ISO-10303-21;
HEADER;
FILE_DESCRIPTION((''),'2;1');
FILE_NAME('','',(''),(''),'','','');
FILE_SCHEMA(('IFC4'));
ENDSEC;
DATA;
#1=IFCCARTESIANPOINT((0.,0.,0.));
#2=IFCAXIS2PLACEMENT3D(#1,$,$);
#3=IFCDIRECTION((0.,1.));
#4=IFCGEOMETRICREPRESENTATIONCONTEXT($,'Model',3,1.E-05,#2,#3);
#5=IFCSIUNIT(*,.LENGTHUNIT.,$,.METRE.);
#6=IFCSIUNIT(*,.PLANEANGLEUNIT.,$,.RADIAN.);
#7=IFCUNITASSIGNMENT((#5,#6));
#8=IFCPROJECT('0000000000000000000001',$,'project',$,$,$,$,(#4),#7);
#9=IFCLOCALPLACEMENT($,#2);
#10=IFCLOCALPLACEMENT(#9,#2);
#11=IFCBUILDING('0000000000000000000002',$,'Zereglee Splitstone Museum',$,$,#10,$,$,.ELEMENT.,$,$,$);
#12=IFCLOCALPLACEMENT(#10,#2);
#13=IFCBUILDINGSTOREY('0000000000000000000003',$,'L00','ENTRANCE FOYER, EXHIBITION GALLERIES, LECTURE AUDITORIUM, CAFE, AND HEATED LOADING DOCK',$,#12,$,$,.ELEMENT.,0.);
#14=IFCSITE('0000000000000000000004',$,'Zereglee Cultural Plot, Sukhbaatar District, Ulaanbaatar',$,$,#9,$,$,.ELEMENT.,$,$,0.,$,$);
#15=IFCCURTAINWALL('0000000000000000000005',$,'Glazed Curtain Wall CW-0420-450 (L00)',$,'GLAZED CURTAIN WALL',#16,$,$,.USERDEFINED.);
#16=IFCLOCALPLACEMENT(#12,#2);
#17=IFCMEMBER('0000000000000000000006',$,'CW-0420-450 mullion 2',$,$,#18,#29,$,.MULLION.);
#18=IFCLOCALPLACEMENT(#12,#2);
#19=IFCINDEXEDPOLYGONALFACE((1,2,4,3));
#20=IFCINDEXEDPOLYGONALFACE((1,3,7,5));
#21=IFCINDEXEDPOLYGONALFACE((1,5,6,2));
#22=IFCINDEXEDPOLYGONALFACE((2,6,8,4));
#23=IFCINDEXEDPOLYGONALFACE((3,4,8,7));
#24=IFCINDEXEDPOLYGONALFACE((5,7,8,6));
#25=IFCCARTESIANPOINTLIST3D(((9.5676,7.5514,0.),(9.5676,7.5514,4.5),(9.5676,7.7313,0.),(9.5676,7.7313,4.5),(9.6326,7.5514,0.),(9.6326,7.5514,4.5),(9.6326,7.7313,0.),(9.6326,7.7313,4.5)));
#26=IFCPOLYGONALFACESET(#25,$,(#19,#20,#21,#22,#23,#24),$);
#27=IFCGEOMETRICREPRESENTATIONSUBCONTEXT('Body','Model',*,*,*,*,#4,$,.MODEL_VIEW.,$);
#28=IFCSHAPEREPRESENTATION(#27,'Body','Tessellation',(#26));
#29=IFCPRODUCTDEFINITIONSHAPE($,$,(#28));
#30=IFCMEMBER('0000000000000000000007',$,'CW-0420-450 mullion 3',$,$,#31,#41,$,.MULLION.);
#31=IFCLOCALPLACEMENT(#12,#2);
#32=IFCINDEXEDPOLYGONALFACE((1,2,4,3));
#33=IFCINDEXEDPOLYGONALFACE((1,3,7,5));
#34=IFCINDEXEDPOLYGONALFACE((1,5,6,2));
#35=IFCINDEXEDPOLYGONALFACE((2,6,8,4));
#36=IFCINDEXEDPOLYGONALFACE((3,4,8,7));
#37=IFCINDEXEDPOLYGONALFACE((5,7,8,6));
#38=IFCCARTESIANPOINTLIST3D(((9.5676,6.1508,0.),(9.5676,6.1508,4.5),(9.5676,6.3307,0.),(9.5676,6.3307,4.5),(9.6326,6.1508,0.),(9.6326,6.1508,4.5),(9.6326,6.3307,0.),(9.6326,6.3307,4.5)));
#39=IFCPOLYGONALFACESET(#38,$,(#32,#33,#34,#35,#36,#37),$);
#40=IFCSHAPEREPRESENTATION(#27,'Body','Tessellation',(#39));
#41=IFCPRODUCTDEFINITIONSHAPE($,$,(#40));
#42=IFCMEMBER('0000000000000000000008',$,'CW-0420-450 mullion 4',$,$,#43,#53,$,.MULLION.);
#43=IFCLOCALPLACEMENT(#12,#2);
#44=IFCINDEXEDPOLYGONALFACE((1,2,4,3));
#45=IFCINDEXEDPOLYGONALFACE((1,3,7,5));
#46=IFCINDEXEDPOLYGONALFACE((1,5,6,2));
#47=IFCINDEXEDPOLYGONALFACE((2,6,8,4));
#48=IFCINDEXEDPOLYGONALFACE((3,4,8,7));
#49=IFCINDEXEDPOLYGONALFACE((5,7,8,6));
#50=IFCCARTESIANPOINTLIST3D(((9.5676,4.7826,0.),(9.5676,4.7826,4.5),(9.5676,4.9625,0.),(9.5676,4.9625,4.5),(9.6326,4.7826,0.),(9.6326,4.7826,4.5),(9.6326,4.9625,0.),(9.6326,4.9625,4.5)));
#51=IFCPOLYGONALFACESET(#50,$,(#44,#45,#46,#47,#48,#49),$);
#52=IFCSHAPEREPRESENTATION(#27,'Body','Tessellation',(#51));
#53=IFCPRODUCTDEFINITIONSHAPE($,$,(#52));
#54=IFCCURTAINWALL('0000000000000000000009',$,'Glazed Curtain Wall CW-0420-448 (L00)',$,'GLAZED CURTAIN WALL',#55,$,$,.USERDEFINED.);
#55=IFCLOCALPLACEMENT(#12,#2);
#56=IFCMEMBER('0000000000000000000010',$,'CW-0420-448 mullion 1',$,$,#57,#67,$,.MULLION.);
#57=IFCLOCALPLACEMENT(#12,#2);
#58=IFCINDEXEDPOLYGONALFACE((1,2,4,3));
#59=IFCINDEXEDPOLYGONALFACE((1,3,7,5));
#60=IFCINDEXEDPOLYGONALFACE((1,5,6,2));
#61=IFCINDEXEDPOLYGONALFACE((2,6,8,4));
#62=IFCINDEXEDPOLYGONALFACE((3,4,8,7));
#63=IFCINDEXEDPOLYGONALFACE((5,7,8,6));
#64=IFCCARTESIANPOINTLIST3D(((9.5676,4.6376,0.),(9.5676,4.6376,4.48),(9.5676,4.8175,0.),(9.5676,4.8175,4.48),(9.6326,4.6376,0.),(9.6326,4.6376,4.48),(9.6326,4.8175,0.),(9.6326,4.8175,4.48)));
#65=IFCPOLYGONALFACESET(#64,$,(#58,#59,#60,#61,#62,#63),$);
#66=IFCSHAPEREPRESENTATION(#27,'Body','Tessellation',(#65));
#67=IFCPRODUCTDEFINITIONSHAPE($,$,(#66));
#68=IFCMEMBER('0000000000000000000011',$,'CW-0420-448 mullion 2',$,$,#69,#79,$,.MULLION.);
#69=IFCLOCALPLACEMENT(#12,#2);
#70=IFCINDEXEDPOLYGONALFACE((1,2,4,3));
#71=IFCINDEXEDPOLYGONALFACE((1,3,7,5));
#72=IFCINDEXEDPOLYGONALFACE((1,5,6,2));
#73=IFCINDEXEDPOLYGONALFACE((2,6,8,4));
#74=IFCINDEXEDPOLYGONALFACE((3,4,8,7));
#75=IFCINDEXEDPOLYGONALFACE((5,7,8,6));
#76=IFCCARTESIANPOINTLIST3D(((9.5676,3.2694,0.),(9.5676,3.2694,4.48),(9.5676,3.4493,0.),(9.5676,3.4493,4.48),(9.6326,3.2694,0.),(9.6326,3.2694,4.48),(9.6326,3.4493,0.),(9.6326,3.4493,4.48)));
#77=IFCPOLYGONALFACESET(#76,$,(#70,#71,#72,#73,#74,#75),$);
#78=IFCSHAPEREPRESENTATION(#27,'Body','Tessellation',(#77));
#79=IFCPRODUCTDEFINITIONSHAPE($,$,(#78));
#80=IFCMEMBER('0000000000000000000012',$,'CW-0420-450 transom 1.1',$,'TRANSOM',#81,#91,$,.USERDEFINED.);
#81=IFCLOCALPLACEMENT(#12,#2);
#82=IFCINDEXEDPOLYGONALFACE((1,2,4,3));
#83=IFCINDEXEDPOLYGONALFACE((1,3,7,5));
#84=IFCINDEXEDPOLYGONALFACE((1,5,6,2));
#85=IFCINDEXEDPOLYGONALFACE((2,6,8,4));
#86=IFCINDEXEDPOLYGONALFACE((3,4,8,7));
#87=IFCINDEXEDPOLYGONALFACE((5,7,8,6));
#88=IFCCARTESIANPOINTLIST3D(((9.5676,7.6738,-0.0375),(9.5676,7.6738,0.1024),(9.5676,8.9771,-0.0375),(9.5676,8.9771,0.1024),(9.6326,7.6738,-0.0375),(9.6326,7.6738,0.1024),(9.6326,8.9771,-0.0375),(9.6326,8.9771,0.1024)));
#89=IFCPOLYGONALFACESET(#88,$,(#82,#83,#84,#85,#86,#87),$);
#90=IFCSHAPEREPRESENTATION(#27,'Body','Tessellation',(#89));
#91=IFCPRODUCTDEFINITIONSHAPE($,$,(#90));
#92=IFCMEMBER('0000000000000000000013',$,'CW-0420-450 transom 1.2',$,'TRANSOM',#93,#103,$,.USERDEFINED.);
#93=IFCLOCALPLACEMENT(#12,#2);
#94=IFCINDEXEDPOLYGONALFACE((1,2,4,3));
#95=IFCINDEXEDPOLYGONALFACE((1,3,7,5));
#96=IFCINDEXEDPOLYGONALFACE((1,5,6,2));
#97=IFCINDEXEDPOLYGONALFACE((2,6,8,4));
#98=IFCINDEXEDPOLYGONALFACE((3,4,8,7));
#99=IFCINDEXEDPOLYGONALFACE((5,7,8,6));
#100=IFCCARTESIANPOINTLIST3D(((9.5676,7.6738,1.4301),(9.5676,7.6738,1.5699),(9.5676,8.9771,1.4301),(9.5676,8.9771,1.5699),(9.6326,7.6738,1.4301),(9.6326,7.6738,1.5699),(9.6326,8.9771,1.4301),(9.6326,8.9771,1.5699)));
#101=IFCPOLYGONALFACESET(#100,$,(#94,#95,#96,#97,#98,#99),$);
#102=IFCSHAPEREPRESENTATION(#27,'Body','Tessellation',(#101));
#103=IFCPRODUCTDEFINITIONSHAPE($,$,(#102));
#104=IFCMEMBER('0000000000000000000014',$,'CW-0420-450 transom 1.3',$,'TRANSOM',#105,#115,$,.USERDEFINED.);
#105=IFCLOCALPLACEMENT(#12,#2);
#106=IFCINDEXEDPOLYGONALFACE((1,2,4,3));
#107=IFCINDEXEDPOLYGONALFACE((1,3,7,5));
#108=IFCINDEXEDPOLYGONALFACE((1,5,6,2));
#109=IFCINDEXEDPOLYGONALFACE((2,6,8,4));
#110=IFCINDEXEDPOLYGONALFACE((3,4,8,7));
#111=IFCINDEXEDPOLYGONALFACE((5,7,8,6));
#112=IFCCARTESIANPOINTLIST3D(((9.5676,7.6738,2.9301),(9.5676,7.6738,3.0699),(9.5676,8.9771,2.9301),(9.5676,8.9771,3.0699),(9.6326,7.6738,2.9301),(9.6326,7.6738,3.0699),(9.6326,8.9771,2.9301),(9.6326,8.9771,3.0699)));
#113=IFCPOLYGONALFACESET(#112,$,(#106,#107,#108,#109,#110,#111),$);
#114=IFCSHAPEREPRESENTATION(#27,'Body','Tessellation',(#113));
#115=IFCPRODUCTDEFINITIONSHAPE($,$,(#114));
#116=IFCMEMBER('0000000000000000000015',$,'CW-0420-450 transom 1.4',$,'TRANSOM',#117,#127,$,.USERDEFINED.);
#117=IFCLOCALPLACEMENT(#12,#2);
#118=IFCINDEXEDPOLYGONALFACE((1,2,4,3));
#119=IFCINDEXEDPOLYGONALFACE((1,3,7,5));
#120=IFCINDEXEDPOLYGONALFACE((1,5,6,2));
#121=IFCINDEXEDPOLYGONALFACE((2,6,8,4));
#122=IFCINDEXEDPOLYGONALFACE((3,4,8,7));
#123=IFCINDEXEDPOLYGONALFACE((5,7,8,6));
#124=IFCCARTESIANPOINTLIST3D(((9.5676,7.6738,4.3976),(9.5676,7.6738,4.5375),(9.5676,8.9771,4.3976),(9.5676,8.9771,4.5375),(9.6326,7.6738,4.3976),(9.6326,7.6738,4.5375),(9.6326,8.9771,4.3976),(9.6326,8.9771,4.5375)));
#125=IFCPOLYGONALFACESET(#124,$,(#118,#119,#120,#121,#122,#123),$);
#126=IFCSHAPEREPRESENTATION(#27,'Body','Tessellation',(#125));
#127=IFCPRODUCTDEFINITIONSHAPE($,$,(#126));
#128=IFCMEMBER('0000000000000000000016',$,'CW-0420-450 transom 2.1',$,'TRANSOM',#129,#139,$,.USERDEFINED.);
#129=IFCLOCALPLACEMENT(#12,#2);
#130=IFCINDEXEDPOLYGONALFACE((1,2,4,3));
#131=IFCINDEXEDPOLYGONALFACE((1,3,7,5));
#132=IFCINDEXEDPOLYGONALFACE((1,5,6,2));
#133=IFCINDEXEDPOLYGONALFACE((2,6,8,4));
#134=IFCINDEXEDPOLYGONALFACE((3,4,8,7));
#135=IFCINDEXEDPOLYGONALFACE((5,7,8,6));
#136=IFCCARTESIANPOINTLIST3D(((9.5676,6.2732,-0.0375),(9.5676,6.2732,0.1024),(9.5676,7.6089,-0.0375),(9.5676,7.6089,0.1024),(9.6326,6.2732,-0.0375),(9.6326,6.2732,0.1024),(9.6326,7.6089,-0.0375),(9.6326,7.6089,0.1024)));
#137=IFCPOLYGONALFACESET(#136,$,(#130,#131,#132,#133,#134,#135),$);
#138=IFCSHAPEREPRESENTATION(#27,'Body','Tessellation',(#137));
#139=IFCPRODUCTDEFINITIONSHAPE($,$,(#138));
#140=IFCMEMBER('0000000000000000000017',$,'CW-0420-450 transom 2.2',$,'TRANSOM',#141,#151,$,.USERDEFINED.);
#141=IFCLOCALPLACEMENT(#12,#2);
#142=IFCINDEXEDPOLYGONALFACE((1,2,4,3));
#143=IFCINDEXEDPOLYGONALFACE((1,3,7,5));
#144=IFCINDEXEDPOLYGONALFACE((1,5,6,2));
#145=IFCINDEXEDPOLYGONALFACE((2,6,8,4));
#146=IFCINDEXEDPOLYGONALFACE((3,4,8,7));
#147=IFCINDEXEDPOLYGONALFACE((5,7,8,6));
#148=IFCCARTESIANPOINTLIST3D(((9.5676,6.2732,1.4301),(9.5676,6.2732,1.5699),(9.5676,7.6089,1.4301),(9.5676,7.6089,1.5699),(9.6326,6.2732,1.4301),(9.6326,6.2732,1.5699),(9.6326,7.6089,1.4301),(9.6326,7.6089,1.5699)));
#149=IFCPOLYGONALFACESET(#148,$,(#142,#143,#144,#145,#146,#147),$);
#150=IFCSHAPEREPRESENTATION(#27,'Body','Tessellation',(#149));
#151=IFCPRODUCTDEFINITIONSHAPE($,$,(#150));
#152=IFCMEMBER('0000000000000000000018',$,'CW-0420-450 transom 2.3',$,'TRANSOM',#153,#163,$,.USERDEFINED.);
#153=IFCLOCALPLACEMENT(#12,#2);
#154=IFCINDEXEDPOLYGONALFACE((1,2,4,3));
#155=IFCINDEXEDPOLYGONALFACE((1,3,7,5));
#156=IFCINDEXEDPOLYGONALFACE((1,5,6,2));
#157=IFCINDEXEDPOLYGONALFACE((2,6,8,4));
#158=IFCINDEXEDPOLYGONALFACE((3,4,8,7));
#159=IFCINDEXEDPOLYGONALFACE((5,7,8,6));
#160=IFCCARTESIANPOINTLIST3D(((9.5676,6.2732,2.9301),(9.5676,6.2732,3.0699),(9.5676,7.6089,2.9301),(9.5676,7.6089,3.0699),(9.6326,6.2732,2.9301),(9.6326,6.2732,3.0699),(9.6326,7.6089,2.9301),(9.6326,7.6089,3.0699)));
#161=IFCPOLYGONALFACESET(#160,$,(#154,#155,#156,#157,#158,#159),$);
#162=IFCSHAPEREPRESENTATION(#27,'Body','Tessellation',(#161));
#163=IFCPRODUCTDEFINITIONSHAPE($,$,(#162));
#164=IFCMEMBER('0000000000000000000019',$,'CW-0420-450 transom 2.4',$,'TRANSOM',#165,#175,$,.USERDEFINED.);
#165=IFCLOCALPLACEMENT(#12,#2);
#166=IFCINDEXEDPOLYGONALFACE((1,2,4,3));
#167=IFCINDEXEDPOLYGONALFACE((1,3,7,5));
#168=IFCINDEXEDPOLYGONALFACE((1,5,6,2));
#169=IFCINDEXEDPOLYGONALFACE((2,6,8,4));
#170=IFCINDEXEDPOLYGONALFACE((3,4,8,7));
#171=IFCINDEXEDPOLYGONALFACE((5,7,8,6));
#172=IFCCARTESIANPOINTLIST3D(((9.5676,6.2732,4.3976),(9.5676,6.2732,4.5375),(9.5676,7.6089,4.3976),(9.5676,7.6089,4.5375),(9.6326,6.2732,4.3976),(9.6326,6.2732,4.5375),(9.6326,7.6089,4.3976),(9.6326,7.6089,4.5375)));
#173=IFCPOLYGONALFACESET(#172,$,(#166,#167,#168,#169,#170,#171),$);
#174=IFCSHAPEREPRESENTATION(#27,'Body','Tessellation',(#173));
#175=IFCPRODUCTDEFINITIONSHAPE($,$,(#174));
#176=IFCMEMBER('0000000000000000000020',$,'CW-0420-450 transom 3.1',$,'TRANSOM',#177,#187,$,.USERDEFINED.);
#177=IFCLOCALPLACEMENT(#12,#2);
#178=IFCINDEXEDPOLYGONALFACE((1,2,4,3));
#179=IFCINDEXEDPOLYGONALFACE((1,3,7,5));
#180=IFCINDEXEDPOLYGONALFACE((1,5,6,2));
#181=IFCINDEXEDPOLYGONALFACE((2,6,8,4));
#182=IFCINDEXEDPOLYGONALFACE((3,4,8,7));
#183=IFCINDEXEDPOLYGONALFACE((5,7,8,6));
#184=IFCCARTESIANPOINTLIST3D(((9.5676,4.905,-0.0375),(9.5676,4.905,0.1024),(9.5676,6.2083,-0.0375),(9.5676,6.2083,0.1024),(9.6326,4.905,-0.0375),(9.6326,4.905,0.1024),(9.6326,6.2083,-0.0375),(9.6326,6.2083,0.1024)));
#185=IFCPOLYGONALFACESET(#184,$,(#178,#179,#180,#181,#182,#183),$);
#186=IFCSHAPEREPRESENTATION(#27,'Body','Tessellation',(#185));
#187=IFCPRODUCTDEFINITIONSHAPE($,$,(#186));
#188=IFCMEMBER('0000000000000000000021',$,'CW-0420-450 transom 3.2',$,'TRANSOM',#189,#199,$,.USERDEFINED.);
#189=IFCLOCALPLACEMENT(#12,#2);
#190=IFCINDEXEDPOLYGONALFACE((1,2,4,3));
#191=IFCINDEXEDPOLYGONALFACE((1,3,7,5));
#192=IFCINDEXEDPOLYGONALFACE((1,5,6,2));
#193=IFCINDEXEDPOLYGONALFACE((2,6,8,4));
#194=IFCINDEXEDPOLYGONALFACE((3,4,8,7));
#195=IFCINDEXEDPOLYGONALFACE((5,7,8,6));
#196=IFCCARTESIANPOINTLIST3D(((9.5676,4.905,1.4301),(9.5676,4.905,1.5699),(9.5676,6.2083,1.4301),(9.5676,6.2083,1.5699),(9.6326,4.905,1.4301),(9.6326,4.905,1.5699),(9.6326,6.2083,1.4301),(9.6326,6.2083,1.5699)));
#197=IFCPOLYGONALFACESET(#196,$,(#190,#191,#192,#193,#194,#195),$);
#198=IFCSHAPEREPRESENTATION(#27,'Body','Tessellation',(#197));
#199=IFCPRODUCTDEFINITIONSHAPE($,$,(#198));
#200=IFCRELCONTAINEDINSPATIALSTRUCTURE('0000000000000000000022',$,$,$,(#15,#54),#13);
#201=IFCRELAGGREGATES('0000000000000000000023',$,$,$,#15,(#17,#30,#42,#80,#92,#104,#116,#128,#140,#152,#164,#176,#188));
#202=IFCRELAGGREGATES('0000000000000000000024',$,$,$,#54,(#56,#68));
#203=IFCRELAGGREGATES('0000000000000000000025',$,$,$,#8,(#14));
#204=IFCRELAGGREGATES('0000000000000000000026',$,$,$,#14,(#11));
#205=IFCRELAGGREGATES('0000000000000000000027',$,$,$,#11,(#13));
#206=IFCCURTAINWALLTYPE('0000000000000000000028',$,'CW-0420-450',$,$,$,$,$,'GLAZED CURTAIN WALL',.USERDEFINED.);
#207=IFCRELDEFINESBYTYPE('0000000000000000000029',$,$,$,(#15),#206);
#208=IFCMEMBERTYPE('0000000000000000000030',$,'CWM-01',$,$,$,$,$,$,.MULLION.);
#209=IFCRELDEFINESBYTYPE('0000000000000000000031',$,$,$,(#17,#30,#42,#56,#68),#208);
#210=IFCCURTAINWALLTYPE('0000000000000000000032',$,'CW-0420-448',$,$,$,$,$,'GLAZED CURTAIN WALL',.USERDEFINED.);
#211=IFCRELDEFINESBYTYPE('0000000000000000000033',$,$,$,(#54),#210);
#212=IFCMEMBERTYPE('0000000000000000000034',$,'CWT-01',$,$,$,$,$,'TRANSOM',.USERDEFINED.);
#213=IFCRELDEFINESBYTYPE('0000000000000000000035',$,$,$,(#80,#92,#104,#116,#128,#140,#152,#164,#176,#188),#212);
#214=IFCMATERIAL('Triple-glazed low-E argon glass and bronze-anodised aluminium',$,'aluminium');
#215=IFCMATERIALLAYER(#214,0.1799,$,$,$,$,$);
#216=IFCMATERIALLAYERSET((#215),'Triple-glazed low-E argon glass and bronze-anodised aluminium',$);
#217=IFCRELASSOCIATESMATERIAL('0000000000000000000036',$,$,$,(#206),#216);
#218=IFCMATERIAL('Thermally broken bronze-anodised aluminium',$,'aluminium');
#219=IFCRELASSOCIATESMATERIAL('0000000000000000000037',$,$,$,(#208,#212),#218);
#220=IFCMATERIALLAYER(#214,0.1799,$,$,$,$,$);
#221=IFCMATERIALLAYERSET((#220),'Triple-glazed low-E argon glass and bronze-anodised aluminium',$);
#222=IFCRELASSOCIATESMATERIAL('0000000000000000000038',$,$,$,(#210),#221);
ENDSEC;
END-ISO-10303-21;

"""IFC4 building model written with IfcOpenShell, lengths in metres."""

from ifc_helpers import new_model, si_unit, direction, frame, origin, origin_2d, place, context, subcontext, project, spatial, rectangle, extrude, material, layer, layer_set, material_profile, profile_set, type_object, element, aggregate, save


model = new_model("IFC4")

# Units and contexts
model_context = context("Model", 3, precision=1e-05, world=origin(), true_north=direction((0.0, 1.0)))
body_context = subcontext(model_context, "Body", "Model", "MODEL_VIEW")
ifc_project = project(units=[si_unit("LENGTHUNIT", "METRE"), si_unit("PLANEANGLEUNIT", "RADIAN")], contexts=[model_context])

# Site, building, storey
site_placement = place(None, origin())
site = spatial("IfcSite", under=ifc_project, at=site_placement, Name="Zereglee Cultural Plot, Sukhbaatar District, Ulaanbaatar", CompositionType="ELEMENT", RefElevation=0.0)
building_placement = place(site_placement, origin())
building = spatial("IfcBuilding", under=site, at=building_placement, Name="Zereglee Splitstone Museum", CompositionType="ELEMENT")
storey_placement = place(building_placement, origin())
storey = spatial("IfcBuildingStorey", under=building, at=storey_placement, Name="L00", Description="ENTRANCE FOYER, EXHIBITION GALLERIES, LECTURE AUDITORIUM, CAFE, AND HEATED LOADING DOCK", CompositionType="ELEMENT", Elevation=0.0)

# Curtain walls, members
ifc_material_1 = material(Name="Triple-glazed low-E argon glass and bronze-anodised aluminium", Category="aluminium")
ifc_layer_1 = layer(ifc_material_1, 0.1799)
ifc_layer_set_1 = layer_set([ifc_layer_1], Name="Triple-glazed low-E argon glass and bronze-anodised aluminium")
curtain_wall_type_1 = type_object("IfcCurtainWallType", Name="CW-0420-450", ElementType="GLAZED CURTAIN WALL", PredefinedType="USERDEFINED", material=ifc_layer_set_1)
curtain_wall_1_placement = place(storey_placement, origin())
curtain_wall_1 = element("IfcCurtainWall", 1, at=curtain_wall_1_placement, inside=storey, type_object=curtain_wall_type_1, Name="Glazed Curtain Wall CW-0420-450 (L00)", ObjectType="GLAZED CURTAIN WALL", PredefinedType="USERDEFINED")
ifc_material_2 = material(Name="Thermally broken bronze-anodised aluminium", Category="aluminium")
ifc_material_profile_1 = material_profile(ifc_material_2, rectangle(XDim=0.0649, YDim=0.1799, at=origin_2d()), Name="CW MULL 65x180")
ifc_profile_set_1 = profile_set([ifc_material_profile_1], Name="Thermally broken bronze-anodised aluminium")
member_type_1 = type_object("IfcMemberType", Name="CWM-01", PredefinedType="MULLION", material=ifc_profile_set_1)
member_1_placement = place(storey_placement, frame((9.6001, 7.6414, 0.0), z_axis=(0.0, 0.0, 1.0), x_axis=(1.0, 0.0, 0.0)))
member_1 = element("IfcMember", 2, at=member_1_placement, type_object=member_type_1, Name="CW-0420-450 mullion 2", PredefinedType="MULLION", context=body_context, shape_type="SweptSolid", body=[
    extrude(rectangle(XDim=0.0649, YDim=0.1799, at=origin_2d()), origin(), (0.0, 0.0, 1.0), 4.5),
])
member_2_placement = place(storey_placement, frame((9.6001, 6.2407, 0.0), z_axis=(0.0, 0.0, 1.0), x_axis=(1.0, 0.0, 0.0)))
member_2 = element("IfcMember", 3, at=member_2_placement, type_object=member_type_1, Name="CW-0420-450 mullion 3", PredefinedType="MULLION", context=body_context, shape_type="SweptSolid", body=[
    extrude(rectangle(XDim=0.0649, YDim=0.1799, at=origin_2d()), origin(), (0.0, 0.0, 1.0), 4.5),
])
member_3_placement = place(storey_placement, frame((9.6001, 4.8726, 0.0), z_axis=(0.0, 0.0, 1.0), x_axis=(1.0, 0.0, 0.0)))
member_3 = element("IfcMember", 4, at=member_3_placement, type_object=member_type_1, Name="CW-0420-450 mullion 4", PredefinedType="MULLION", context=body_context, shape_type="SweptSolid", body=[
    extrude(rectangle(XDim=0.0649, YDim=0.1799, at=origin_2d()), origin(), (0.0, 0.0, 1.0), 4.5),
])
ifc_layer_2 = layer(ifc_material_1, 0.1799)
ifc_layer_set_2 = layer_set([ifc_layer_2], Name="Triple-glazed low-E argon glass and bronze-anodised aluminium")
curtain_wall_type_2 = type_object("IfcCurtainWallType", Name="CW-0420-448", ElementType="GLAZED CURTAIN WALL", PredefinedType="USERDEFINED", material=ifc_layer_set_2)
curtain_wall_2_placement = place(storey_placement, origin())
curtain_wall_2 = element("IfcCurtainWall", 5, at=curtain_wall_2_placement, inside=storey, type_object=curtain_wall_type_2, Name="Glazed Curtain Wall CW-0420-448 (L00)", ObjectType="GLAZED CURTAIN WALL", PredefinedType="USERDEFINED")
member_4_placement = place(storey_placement, frame((9.6001, 4.7275, 0.0), z_axis=(0.0, 0.0, 1.0), x_axis=(1.0, 0.0, 0.0)))
member_4 = element("IfcMember", 6, at=member_4_placement, type_object=member_type_1, Name="CW-0420-448 mullion 1", PredefinedType="MULLION", context=body_context, shape_type="SweptSolid", body=[
    extrude(rectangle(XDim=0.0649, YDim=0.1799, at=origin_2d()), origin(), (0.0, 0.0, 1.0), 4.48),
])
member_5_placement = place(storey_placement, frame((9.6001, 3.3594, 0.0), z_axis=(0.0, 0.0, 1.0), x_axis=(1.0, 0.0, 0.0)))
member_5 = element("IfcMember", 7, at=member_5_placement, type_object=member_type_1, Name="CW-0420-448 mullion 2", PredefinedType="MULLION", context=body_context, shape_type="SweptSolid", body=[
    extrude(rectangle(XDim=0.0649, YDim=0.1799, at=origin_2d()), origin(), (0.0, 0.0, 1.0), 4.48),
])

# Members
ifc_material_profile_2 = material_profile(ifc_material_2, rectangle(XDim=0.0649, YDim=0.1399, at=origin_2d()), Name="CW TRAN 65x140")
ifc_profile_set_2 = profile_set([ifc_material_profile_2], Name="Thermally broken bronze-anodised aluminium")
member_type_2 = type_object("IfcMemberType", Name="CWT-01", ElementType="TRANSOM", PredefinedType="USERDEFINED", material=ifc_profile_set_2)
member_6_placement = place(storey_placement, frame((9.6001, 8.9771, 0.0325), z_axis=(0.0, -1.0, 0.0), x_axis=(1.0, 0.0, 0.0)))
member_6 = element("IfcMember", 8, at=member_6_placement, type_object=member_type_2, Name="CW-0420-450 transom 1.1", ObjectType="TRANSOM", PredefinedType="USERDEFINED", context=body_context, shape_type="SweptSolid", body=[
    extrude(rectangle(XDim=0.0649, YDim=0.1399, at=origin_2d()), origin(), (0.0, 0.0, 1.0), 1.3032),
])
member_7_placement = place(storey_placement, frame((9.6001, 8.9771, 1.5), z_axis=(0.0, -1.0, 0.0), x_axis=(1.0, 0.0, 0.0)))
member_7 = element("IfcMember", 9, at=member_7_placement, type_object=member_type_2, Name="CW-0420-450 transom 1.2", ObjectType="TRANSOM", PredefinedType="USERDEFINED", context=body_context, shape_type="SweptSolid", body=[
    extrude(rectangle(XDim=0.0649, YDim=0.1399, at=origin_2d()), origin(), (0.0, 0.0, 1.0), 1.3032),
])
member_8_placement = place(storey_placement, frame((9.6001, 8.9771, 3.0), z_axis=(0.0, -1.0, 0.0), x_axis=(1.0, 0.0, 0.0)))
member_8 = element("IfcMember", 10, at=member_8_placement, type_object=member_type_2, Name="CW-0420-450 transom 1.3", ObjectType="TRANSOM", PredefinedType="USERDEFINED", context=body_context, shape_type="SweptSolid", body=[
    extrude(rectangle(XDim=0.0649, YDim=0.1399, at=origin_2d()), origin(), (0.0, 0.0, 1.0), 1.3032),
])
member_9_placement = place(storey_placement, frame((9.6001, 8.9771, 4.4675), z_axis=(0.0, -1.0, 0.0), x_axis=(1.0, 0.0, 0.0)))
member_9 = element("IfcMember", 11, at=member_9_placement, type_object=member_type_2, Name="CW-0420-450 transom 1.4", ObjectType="TRANSOM", PredefinedType="USERDEFINED", context=body_context, shape_type="SweptSolid", body=[
    extrude(rectangle(XDim=0.0649, YDim=0.1399, at=origin_2d()), origin(), (0.0, 0.0, 1.0), 1.3032),
])
member_10_placement = place(storey_placement, frame((9.6001, 7.6089, 0.0325), z_axis=(0.0, -1.0, 0.0), x_axis=(1.0, 0.0, 0.0)))
member_10 = element("IfcMember", 12, at=member_10_placement, type_object=member_type_2, Name="CW-0420-450 transom 2.1", ObjectType="TRANSOM", PredefinedType="USERDEFINED", context=body_context, shape_type="SweptSolid", body=[
    extrude(rectangle(XDim=0.0649, YDim=0.1399, at=origin_2d()), origin(), (0.0, 0.0, 1.0), 1.3357),
])
member_11_placement = place(storey_placement, frame((9.6001, 7.6089, 1.5), z_axis=(0.0, -1.0, 0.0), x_axis=(1.0, 0.0, 0.0)))
member_11 = element("IfcMember", 13, at=member_11_placement, type_object=member_type_2, Name="CW-0420-450 transom 2.2", ObjectType="TRANSOM", PredefinedType="USERDEFINED", context=body_context, shape_type="SweptSolid", body=[
    extrude(rectangle(XDim=0.0649, YDim=0.1399, at=origin_2d()), origin(), (0.0, 0.0, 1.0), 1.3357),
])
member_12_placement = place(storey_placement, frame((9.6001, 7.6089, 3.0), z_axis=(0.0, -1.0, 0.0), x_axis=(1.0, 0.0, 0.0)))
member_12 = element("IfcMember", 14, at=member_12_placement, type_object=member_type_2, Name="CW-0420-450 transom 2.3", ObjectType="TRANSOM", PredefinedType="USERDEFINED", context=body_context, shape_type="SweptSolid", body=[
    extrude(rectangle(XDim=0.0649, YDim=0.1399, at=origin_2d()), origin(), (0.0, 0.0, 1.0), 1.3357),
])
member_13_placement = place(storey_placement, frame((9.6001, 7.6089, 4.4675), z_axis=(0.0, -1.0, 0.0), x_axis=(1.0, 0.0, 0.0)))
member_13 = element("IfcMember", 15, at=member_13_placement, type_object=member_type_2, Name="CW-0420-450 transom 2.4", ObjectType="TRANSOM", PredefinedType="USERDEFINED", context=body_context, shape_type="SweptSolid", body=[
    extrude(rectangle(XDim=0.0649, YDim=0.1399, at=origin_2d()), origin(), (0.0, 0.0, 1.0), 1.3357),
])
member_14_placement = place(storey_placement, frame((9.6001, 6.2083, 0.0325), z_axis=(0.0, -1.0, 0.0), x_axis=(1.0, 0.0, 0.0)))
member_14 = element("IfcMember", 16, at=member_14_placement, type_object=member_type_2, Name="CW-0420-450 transom 3.1", ObjectType="TRANSOM", PredefinedType="USERDEFINED", context=body_context, shape_type="SweptSolid", body=[
    extrude(rectangle(XDim=0.0649, YDim=0.1399, at=origin_2d()), origin(), (0.0, 0.0, 1.0), 1.3032),
])
member_15_placement = place(storey_placement, frame((9.6001, 6.2083, 1.5), z_axis=(0.0, -1.0, 0.0), x_axis=(1.0, 0.0, 0.0)))
member_15 = element("IfcMember", 17, at=member_15_placement, type_object=member_type_2, Name="CW-0420-450 transom 3.2", ObjectType="TRANSOM", PredefinedType="USERDEFINED", context=body_context, shape_type="SweptSolid", body=[
    extrude(rectangle(XDim=0.0649, YDim=0.1399, at=origin_2d()), origin(), (0.0, 0.0, 1.0), 1.3032),
])

aggregate(curtain_wall_1, [member_1, member_2, member_3, member_6, member_7, member_8, member_9, member_10, member_11, member_12, member_13, member_14, member_15])
aggregate(curtain_wall_2, [member_4, member_5])

save(model, "model.ifc")
